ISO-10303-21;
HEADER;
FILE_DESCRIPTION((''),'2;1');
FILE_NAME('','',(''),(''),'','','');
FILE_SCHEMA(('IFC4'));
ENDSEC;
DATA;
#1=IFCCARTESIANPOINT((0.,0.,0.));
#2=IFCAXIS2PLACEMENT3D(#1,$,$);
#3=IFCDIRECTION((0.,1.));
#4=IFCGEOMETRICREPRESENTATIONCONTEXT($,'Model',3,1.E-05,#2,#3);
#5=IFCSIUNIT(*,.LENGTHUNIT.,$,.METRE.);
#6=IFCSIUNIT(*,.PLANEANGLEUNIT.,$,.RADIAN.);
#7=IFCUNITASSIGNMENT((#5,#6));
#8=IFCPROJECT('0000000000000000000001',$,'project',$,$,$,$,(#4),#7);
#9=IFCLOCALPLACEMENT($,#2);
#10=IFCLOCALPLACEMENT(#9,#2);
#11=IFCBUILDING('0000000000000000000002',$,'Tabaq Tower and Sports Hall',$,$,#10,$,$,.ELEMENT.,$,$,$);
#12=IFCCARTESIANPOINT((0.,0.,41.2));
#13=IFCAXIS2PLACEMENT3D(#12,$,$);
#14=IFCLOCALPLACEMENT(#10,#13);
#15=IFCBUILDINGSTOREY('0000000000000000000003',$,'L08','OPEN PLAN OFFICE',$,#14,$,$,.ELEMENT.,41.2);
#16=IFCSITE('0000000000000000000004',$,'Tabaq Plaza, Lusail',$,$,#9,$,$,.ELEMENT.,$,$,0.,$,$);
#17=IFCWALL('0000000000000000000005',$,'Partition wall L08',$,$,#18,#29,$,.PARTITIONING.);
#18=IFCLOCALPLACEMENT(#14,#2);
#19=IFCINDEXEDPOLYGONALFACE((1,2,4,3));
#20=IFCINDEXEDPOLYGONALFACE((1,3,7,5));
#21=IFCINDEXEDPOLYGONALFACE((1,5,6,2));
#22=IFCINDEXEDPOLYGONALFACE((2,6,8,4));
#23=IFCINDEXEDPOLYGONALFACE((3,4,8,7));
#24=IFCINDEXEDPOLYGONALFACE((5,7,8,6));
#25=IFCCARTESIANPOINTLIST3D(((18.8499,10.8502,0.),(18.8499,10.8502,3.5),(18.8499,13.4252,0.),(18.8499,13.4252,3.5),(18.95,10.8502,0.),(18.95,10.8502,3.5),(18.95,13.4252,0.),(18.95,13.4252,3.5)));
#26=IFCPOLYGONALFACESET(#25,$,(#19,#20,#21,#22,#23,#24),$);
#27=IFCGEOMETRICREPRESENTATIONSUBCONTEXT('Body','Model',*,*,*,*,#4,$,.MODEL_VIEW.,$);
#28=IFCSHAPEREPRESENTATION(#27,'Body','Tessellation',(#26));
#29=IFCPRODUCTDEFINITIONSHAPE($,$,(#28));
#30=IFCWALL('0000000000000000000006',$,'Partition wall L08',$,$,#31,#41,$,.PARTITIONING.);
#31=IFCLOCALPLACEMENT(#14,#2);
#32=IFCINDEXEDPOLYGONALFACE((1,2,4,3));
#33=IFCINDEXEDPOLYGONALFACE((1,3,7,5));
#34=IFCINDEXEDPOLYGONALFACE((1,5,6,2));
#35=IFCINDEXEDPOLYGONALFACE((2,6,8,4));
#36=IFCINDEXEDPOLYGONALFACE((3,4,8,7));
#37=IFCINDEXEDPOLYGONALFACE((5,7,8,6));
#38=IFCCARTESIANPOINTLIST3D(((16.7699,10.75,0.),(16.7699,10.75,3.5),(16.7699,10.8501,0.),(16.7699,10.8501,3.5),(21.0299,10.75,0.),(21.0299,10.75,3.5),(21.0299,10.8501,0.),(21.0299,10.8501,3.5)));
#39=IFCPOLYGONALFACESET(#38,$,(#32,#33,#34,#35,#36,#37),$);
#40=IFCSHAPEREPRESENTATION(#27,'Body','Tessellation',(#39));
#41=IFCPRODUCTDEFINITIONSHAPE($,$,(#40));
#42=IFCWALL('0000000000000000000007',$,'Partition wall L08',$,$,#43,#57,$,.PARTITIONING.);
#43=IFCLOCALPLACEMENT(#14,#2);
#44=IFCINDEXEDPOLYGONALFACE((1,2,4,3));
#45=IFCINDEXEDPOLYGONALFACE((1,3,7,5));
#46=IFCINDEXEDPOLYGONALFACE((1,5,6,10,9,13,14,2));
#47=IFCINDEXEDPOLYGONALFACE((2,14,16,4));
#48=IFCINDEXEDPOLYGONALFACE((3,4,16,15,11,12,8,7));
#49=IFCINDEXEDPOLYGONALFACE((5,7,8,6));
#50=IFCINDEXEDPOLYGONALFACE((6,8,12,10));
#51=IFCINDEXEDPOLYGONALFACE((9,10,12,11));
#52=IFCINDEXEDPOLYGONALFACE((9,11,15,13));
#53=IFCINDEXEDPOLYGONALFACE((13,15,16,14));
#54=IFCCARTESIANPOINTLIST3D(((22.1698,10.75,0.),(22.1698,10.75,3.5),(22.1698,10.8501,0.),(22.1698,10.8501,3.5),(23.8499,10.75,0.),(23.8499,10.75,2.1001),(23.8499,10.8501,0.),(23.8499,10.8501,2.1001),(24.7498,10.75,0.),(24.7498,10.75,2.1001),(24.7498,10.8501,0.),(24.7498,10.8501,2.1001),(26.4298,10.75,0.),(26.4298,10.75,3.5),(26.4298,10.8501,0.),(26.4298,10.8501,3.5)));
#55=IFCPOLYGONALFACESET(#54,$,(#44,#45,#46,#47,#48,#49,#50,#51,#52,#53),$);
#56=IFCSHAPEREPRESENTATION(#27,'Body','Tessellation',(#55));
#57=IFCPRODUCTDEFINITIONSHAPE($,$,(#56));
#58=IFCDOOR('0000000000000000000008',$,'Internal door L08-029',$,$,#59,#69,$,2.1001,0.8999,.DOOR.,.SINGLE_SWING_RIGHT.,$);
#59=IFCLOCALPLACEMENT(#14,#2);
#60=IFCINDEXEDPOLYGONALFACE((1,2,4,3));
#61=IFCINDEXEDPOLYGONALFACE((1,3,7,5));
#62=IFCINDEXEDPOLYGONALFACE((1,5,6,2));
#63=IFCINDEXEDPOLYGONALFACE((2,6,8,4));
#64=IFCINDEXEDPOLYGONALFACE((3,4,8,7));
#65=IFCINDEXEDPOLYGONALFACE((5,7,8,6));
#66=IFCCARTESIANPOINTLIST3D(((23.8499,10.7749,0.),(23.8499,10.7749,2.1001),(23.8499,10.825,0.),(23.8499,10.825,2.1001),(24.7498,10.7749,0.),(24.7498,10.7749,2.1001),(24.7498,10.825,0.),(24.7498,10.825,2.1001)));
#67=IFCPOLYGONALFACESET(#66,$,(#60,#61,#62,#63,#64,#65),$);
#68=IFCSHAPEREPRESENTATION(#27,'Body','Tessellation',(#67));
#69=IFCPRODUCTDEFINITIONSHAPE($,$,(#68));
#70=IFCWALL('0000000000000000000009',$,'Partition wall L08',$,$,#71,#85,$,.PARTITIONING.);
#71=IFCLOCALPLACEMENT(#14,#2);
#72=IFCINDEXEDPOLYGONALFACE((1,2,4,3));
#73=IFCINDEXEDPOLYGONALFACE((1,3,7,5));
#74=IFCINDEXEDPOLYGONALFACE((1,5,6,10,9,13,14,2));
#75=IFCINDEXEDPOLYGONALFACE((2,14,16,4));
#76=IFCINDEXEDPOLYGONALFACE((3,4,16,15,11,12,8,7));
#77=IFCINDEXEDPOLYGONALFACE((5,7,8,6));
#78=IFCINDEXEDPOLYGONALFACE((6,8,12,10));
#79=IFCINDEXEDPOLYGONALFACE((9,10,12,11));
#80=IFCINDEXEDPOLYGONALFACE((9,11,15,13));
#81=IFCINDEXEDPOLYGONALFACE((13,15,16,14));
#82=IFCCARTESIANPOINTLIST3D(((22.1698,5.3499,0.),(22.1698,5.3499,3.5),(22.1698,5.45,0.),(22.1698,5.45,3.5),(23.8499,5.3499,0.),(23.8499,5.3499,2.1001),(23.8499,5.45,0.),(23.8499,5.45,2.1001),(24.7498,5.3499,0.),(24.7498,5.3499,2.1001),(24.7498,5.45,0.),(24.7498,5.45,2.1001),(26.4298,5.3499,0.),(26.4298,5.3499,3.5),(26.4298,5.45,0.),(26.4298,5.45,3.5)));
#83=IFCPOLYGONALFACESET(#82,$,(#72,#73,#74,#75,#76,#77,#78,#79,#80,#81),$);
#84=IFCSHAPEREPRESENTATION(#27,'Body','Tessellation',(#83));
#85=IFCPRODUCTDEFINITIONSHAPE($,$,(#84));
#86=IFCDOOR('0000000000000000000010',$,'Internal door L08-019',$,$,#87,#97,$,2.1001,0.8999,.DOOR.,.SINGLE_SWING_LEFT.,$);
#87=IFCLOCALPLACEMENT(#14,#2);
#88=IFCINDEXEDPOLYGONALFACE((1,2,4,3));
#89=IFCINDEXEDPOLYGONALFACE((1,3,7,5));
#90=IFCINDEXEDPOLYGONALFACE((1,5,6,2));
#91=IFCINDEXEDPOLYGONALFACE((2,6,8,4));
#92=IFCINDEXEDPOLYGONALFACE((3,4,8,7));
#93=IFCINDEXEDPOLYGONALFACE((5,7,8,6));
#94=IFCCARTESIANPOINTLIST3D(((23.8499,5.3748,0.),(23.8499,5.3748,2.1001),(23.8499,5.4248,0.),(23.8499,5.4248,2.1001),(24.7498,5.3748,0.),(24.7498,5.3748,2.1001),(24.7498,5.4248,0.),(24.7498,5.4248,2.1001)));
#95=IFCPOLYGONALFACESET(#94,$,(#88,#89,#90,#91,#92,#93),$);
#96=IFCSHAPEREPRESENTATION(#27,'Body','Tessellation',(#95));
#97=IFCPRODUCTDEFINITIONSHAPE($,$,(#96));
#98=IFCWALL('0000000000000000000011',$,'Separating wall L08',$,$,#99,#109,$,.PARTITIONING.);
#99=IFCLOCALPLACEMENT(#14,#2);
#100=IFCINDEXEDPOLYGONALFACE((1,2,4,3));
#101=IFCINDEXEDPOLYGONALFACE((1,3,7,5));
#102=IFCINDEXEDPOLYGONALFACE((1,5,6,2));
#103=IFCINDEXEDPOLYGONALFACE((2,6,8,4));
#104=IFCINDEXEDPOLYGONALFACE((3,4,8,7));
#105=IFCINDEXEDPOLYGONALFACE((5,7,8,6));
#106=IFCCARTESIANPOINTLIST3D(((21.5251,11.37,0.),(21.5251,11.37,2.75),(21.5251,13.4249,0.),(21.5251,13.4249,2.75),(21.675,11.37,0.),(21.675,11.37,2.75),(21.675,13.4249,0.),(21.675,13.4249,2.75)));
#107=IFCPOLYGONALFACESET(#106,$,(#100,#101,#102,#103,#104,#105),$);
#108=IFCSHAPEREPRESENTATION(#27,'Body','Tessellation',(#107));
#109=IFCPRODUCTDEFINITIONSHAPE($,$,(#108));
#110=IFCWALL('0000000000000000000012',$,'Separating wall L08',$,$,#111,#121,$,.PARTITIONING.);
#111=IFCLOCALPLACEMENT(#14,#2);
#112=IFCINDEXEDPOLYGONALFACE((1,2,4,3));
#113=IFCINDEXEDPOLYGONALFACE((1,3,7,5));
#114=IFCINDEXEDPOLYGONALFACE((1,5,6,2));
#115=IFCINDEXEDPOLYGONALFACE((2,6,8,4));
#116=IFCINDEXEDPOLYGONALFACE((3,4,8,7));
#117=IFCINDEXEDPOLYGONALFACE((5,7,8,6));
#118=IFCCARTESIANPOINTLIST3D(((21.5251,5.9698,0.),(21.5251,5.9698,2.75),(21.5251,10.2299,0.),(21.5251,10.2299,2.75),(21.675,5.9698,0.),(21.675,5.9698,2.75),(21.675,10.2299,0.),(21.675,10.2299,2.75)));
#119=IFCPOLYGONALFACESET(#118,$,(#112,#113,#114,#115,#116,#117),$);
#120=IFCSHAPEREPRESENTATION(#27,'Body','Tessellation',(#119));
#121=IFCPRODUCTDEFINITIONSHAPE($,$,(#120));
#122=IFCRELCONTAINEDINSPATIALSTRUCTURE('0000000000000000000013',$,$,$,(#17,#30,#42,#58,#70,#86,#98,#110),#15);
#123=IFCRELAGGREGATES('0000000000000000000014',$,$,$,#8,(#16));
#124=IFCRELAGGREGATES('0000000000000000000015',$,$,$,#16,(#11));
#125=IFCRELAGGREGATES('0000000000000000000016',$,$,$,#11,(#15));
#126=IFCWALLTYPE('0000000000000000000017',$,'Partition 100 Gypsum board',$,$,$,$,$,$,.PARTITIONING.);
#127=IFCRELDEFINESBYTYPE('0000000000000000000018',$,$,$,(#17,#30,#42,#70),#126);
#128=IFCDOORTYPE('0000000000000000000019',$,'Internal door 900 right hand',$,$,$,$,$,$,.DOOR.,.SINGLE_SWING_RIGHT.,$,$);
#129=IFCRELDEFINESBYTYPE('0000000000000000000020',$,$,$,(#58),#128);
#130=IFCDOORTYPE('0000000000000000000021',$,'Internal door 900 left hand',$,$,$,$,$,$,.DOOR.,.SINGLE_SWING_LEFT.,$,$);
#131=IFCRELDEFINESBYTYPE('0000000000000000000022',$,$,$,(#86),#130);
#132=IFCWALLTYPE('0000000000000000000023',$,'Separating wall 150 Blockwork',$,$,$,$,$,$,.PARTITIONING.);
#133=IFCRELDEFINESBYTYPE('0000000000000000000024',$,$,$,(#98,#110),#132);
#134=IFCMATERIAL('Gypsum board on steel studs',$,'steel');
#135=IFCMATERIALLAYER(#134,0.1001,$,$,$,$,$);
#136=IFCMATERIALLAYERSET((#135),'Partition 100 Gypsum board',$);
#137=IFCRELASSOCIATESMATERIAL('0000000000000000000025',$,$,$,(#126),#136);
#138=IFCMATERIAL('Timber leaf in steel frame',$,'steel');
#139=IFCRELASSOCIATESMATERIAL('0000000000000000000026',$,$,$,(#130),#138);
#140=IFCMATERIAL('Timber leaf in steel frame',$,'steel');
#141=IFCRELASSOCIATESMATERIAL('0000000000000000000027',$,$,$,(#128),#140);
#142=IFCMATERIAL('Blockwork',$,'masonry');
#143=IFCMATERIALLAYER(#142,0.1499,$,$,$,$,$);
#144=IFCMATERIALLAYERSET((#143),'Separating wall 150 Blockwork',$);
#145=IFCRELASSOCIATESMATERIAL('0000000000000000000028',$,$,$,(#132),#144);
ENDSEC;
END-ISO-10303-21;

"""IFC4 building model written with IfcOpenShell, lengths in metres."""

from ifc_helpers import new_model, si_unit, direction, frame, frame_2d, origin, place, context, subcontext, project, spatial, rectangle, extrude, material, layer, layer_set, type_object, element, fill, save


model = new_model("IFC4")

# Units and contexts
model_context = context("Model", 3, precision=1e-05, world=origin(), true_north=direction((0.0, 1.0)))
body_context = subcontext(model_context, "Body", "Model", "MODEL_VIEW")
ifc_project = project(units=[si_unit("LENGTHUNIT", "METRE"), si_unit("PLANEANGLEUNIT", "RADIAN")], contexts=[model_context])

# Site, building, storey
site_placement = place(None, origin())
site = spatial("IfcSite", under=ifc_project, at=site_placement, Name="Tabaq Plaza, Lusail", CompositionType="ELEMENT", RefElevation=0.0)
building_placement = place(site_placement, origin())
building = spatial("IfcBuilding", under=site, at=building_placement, Name="Tabaq Tower and Sports Hall", CompositionType="ELEMENT")
storey_placement = place(building_placement, frame((0.0, 0.0, 41.2)))
storey = spatial("IfcBuildingStorey", under=building, at=storey_placement, Name="L08", Description="OPEN PLAN OFFICE", CompositionType="ELEMENT", Elevation=41.2)

# Shared definitions
ifc_material_1 = material(Name="Gypsum board on steel studs", Category="steel")
ifc_layer_1 = layer(ifc_material_1, 0.1001)
ifc_layer_set_1 = layer_set([ifc_layer_1], Name="Partition 100 Gypsum board")
wall_type_1 = type_object("IfcWallType", Name="Partition 100 Gypsum board", PredefinedType="PARTITIONING", material=ifc_layer_set_1)
ifc_material_2 = material(Name="Timber leaf in steel frame", Category="steel")
door_type_1 = type_object("IfcDoorType", Name="Internal door 900 left hand", OperationType="SINGLE_SWING_LEFT", PredefinedType="DOOR", material=ifc_material_2)

# Walls
wall_1_placement = place(storey_placement, frame((18.8999, 10.8501, 0.0), z_axis=(0.0, 0.0, 1.0), x_axis=(0.0, 1.0, 0.0)))
element("IfcWall", 1, at=wall_1_placement, inside=storey, type_object=wall_type_1, Name="Partition wall L08", PredefinedType="PARTITIONING", context=body_context, shape_type="SweptSolid", body=[
    extrude(rectangle(XDim=2.575, YDim=0.1001, at=frame_2d((1.2876, 0.0))), origin(), (0.0, 0.0, 1.0), 3.5),
])
wall_2_placement = place(storey_placement, frame((16.77, 10.8, 0.0), z_axis=(0.0, 0.0, 1.0), x_axis=(1.0, 0.0, 0.0)))
element("IfcWall", 2, at=wall_2_placement, inside=storey, type_object=wall_type_1, Name="Partition wall L08", PredefinedType="PARTITIONING", context=body_context, shape_type="SweptSolid", body=[
    extrude(rectangle(XDim=4.26, YDim=0.1001, at=frame_2d((2.1299, 0.0))), origin(), (0.0, 0.0, 1.0), 3.5),
])

# Walls, openings, doors
wall_3_placement = place(storey_placement, frame((22.1699, 10.8, 0.0), z_axis=(0.0, 0.0, 1.0), x_axis=(1.0, 0.0, 0.0)))
wall_3 = element("IfcWall", 3, at=wall_3_placement, inside=storey, type_object=wall_type_1, Name="Partition wall L08", PredefinedType="PARTITIONING", context=body_context, shape_type="SweptSolid", body=[
    extrude(rectangle(XDim=4.26, YDim=0.1001, at=frame_2d((2.1299, 0.0))), origin(), (0.0, 0.0, 1.0), 3.5),
])
opening_1_placement = place(wall_3_placement, frame((1.6799, 0.0, 0.0)))
opening_1 = element("IfcOpeningElement", 4, at=opening_1_placement, cuts=wall_3, PredefinedType="OPENING", context=body_context, shape_type="SweptSolid", body=[
    extrude(rectangle(XDim=0.8999, YDim=2.1001, at=frame_2d((0.45, 1.05))), frame((0.0, 0.05, 0.0), z_axis=(0.0, -1.0, 0.0), x_axis=(1.0, 0.0, 0.0)), (0.0, 0.0, 1.0), 0.1001),
])
ifc_material_3 = material(Name="Timber leaf in steel frame", Category="steel")
door_type_2 = type_object("IfcDoorType", Name="Internal door 900 right hand", OperationType="SINGLE_SWING_RIGHT", PredefinedType="DOOR", material=ifc_material_3)
door_1_placement = place(opening_1_placement, origin())
door_1 = element("IfcDoor", 5, at=door_1_placement, inside=storey, type_object=door_type_2, Name="Internal door L08-029", OperationType="SINGLE_SWING_RIGHT", OverallHeight=2.1001, OverallWidth=0.8999, PredefinedType="DOOR", context=body_context, shape_type="SweptSolid", body=[
    extrude(rectangle(XDim=0.8999, YDim=2.1001, at=frame_2d((0.45, 1.05))), frame((0.0, 0.0249, 0.0), z_axis=(0.0, -1.0, 0.0), x_axis=(1.0, 0.0, 0.0)), (0.0, 0.0, 1.0), 0.05),
])
fill(opening_1, door_1)
wall_4_placement = place(storey_placement, frame((22.1699, 5.3999, 0.0), z_axis=(0.0, 0.0, 1.0), x_axis=(1.0, 0.0, 0.0)))
wall_4 = element("IfcWall", 6, at=wall_4_placement, inside=storey, type_object=wall_type_1, Name="Partition wall L08", PredefinedType="PARTITIONING", context=body_context, shape_type="SweptSolid", body=[
    extrude(rectangle(XDim=4.26, YDim=0.1001, at=frame_2d((2.1299, 0.0))), origin(), (0.0, 0.0, 1.0), 3.5),
])
opening_2_placement = place(wall_4_placement, frame((1.6799, 0.0, 0.0)))
opening_2 = element("IfcOpeningElement", 7, at=opening_2_placement, cuts=wall_4, PredefinedType="OPENING", context=body_context, shape_type="SweptSolid", body=[
    extrude(rectangle(XDim=0.8999, YDim=2.1001, at=frame_2d((0.45, 1.05))), frame((0.0, 0.05, 0.0), z_axis=(0.0, -1.0, 0.0), x_axis=(1.0, 0.0, 0.0)), (0.0, 0.0, 1.0), 0.1001),
])
door_2_placement = place(opening_2_placement, origin())
door_2 = element("IfcDoor", 8, at=door_2_placement, inside=storey, type_object=door_type_1, Name="Internal door L08-019", OperationType="SINGLE_SWING_LEFT", OverallHeight=2.1001, OverallWidth=0.8999, PredefinedType="DOOR", context=body_context, shape_type="SweptSolid", body=[
    extrude(rectangle(XDim=0.8999, YDim=2.1001, at=frame_2d((0.45, 1.05))), frame((0.0, 0.0249, 0.0), z_axis=(0.0, -1.0, 0.0), x_axis=(1.0, 0.0, 0.0)), (0.0, 0.0, 1.0), 0.05),
])
fill(opening_2, door_2)

# Walls
ifc_material_4 = material(Name="Blockwork", Category="masonry")
ifc_layer_2 = layer(ifc_material_4, 0.1499)
ifc_layer_set_2 = layer_set([ifc_layer_2], Name="Separating wall 150 Blockwork")
wall_type_2 = type_object("IfcWallType", Name="Separating wall 150 Blockwork", PredefinedType="PARTITIONING", material=ifc_layer_set_2)
wall_5_placement = place(storey_placement, frame((21.6001, 11.3701, 0.0), z_axis=(0.0, 0.0, 1.0), x_axis=(0.0, 1.0, 0.0)))
element("IfcWall", 9, at=wall_5_placement, inside=storey, type_object=wall_type_2, Name="Separating wall L08", PredefinedType="PARTITIONING", context=body_context, shape_type="SweptSolid", body=[
    extrude(rectangle(XDim=2.0549, YDim=0.1499, at=frame_2d((1.0273, 0.0))), origin(), (0.0, 0.0, 1.0), 2.75),
])
wall_6_placement = place(storey_placement, frame((21.6001, 5.97, 0.0), z_axis=(0.0, 0.0, 1.0), x_axis=(0.0, 1.0, 0.0)))
element("IfcWall", 10, at=wall_6_placement, inside=storey, type_object=wall_type_2, Name="Separating wall L08", PredefinedType="PARTITIONING", context=body_context, shape_type="SweptSolid", body=[
    extrude(rectangle(XDim=4.26, YDim=0.1499, at=frame_2d((2.1299, 0.0))), origin(), (0.0, 0.0, 1.0), 2.75),
])

save(model, "model.ifc")
